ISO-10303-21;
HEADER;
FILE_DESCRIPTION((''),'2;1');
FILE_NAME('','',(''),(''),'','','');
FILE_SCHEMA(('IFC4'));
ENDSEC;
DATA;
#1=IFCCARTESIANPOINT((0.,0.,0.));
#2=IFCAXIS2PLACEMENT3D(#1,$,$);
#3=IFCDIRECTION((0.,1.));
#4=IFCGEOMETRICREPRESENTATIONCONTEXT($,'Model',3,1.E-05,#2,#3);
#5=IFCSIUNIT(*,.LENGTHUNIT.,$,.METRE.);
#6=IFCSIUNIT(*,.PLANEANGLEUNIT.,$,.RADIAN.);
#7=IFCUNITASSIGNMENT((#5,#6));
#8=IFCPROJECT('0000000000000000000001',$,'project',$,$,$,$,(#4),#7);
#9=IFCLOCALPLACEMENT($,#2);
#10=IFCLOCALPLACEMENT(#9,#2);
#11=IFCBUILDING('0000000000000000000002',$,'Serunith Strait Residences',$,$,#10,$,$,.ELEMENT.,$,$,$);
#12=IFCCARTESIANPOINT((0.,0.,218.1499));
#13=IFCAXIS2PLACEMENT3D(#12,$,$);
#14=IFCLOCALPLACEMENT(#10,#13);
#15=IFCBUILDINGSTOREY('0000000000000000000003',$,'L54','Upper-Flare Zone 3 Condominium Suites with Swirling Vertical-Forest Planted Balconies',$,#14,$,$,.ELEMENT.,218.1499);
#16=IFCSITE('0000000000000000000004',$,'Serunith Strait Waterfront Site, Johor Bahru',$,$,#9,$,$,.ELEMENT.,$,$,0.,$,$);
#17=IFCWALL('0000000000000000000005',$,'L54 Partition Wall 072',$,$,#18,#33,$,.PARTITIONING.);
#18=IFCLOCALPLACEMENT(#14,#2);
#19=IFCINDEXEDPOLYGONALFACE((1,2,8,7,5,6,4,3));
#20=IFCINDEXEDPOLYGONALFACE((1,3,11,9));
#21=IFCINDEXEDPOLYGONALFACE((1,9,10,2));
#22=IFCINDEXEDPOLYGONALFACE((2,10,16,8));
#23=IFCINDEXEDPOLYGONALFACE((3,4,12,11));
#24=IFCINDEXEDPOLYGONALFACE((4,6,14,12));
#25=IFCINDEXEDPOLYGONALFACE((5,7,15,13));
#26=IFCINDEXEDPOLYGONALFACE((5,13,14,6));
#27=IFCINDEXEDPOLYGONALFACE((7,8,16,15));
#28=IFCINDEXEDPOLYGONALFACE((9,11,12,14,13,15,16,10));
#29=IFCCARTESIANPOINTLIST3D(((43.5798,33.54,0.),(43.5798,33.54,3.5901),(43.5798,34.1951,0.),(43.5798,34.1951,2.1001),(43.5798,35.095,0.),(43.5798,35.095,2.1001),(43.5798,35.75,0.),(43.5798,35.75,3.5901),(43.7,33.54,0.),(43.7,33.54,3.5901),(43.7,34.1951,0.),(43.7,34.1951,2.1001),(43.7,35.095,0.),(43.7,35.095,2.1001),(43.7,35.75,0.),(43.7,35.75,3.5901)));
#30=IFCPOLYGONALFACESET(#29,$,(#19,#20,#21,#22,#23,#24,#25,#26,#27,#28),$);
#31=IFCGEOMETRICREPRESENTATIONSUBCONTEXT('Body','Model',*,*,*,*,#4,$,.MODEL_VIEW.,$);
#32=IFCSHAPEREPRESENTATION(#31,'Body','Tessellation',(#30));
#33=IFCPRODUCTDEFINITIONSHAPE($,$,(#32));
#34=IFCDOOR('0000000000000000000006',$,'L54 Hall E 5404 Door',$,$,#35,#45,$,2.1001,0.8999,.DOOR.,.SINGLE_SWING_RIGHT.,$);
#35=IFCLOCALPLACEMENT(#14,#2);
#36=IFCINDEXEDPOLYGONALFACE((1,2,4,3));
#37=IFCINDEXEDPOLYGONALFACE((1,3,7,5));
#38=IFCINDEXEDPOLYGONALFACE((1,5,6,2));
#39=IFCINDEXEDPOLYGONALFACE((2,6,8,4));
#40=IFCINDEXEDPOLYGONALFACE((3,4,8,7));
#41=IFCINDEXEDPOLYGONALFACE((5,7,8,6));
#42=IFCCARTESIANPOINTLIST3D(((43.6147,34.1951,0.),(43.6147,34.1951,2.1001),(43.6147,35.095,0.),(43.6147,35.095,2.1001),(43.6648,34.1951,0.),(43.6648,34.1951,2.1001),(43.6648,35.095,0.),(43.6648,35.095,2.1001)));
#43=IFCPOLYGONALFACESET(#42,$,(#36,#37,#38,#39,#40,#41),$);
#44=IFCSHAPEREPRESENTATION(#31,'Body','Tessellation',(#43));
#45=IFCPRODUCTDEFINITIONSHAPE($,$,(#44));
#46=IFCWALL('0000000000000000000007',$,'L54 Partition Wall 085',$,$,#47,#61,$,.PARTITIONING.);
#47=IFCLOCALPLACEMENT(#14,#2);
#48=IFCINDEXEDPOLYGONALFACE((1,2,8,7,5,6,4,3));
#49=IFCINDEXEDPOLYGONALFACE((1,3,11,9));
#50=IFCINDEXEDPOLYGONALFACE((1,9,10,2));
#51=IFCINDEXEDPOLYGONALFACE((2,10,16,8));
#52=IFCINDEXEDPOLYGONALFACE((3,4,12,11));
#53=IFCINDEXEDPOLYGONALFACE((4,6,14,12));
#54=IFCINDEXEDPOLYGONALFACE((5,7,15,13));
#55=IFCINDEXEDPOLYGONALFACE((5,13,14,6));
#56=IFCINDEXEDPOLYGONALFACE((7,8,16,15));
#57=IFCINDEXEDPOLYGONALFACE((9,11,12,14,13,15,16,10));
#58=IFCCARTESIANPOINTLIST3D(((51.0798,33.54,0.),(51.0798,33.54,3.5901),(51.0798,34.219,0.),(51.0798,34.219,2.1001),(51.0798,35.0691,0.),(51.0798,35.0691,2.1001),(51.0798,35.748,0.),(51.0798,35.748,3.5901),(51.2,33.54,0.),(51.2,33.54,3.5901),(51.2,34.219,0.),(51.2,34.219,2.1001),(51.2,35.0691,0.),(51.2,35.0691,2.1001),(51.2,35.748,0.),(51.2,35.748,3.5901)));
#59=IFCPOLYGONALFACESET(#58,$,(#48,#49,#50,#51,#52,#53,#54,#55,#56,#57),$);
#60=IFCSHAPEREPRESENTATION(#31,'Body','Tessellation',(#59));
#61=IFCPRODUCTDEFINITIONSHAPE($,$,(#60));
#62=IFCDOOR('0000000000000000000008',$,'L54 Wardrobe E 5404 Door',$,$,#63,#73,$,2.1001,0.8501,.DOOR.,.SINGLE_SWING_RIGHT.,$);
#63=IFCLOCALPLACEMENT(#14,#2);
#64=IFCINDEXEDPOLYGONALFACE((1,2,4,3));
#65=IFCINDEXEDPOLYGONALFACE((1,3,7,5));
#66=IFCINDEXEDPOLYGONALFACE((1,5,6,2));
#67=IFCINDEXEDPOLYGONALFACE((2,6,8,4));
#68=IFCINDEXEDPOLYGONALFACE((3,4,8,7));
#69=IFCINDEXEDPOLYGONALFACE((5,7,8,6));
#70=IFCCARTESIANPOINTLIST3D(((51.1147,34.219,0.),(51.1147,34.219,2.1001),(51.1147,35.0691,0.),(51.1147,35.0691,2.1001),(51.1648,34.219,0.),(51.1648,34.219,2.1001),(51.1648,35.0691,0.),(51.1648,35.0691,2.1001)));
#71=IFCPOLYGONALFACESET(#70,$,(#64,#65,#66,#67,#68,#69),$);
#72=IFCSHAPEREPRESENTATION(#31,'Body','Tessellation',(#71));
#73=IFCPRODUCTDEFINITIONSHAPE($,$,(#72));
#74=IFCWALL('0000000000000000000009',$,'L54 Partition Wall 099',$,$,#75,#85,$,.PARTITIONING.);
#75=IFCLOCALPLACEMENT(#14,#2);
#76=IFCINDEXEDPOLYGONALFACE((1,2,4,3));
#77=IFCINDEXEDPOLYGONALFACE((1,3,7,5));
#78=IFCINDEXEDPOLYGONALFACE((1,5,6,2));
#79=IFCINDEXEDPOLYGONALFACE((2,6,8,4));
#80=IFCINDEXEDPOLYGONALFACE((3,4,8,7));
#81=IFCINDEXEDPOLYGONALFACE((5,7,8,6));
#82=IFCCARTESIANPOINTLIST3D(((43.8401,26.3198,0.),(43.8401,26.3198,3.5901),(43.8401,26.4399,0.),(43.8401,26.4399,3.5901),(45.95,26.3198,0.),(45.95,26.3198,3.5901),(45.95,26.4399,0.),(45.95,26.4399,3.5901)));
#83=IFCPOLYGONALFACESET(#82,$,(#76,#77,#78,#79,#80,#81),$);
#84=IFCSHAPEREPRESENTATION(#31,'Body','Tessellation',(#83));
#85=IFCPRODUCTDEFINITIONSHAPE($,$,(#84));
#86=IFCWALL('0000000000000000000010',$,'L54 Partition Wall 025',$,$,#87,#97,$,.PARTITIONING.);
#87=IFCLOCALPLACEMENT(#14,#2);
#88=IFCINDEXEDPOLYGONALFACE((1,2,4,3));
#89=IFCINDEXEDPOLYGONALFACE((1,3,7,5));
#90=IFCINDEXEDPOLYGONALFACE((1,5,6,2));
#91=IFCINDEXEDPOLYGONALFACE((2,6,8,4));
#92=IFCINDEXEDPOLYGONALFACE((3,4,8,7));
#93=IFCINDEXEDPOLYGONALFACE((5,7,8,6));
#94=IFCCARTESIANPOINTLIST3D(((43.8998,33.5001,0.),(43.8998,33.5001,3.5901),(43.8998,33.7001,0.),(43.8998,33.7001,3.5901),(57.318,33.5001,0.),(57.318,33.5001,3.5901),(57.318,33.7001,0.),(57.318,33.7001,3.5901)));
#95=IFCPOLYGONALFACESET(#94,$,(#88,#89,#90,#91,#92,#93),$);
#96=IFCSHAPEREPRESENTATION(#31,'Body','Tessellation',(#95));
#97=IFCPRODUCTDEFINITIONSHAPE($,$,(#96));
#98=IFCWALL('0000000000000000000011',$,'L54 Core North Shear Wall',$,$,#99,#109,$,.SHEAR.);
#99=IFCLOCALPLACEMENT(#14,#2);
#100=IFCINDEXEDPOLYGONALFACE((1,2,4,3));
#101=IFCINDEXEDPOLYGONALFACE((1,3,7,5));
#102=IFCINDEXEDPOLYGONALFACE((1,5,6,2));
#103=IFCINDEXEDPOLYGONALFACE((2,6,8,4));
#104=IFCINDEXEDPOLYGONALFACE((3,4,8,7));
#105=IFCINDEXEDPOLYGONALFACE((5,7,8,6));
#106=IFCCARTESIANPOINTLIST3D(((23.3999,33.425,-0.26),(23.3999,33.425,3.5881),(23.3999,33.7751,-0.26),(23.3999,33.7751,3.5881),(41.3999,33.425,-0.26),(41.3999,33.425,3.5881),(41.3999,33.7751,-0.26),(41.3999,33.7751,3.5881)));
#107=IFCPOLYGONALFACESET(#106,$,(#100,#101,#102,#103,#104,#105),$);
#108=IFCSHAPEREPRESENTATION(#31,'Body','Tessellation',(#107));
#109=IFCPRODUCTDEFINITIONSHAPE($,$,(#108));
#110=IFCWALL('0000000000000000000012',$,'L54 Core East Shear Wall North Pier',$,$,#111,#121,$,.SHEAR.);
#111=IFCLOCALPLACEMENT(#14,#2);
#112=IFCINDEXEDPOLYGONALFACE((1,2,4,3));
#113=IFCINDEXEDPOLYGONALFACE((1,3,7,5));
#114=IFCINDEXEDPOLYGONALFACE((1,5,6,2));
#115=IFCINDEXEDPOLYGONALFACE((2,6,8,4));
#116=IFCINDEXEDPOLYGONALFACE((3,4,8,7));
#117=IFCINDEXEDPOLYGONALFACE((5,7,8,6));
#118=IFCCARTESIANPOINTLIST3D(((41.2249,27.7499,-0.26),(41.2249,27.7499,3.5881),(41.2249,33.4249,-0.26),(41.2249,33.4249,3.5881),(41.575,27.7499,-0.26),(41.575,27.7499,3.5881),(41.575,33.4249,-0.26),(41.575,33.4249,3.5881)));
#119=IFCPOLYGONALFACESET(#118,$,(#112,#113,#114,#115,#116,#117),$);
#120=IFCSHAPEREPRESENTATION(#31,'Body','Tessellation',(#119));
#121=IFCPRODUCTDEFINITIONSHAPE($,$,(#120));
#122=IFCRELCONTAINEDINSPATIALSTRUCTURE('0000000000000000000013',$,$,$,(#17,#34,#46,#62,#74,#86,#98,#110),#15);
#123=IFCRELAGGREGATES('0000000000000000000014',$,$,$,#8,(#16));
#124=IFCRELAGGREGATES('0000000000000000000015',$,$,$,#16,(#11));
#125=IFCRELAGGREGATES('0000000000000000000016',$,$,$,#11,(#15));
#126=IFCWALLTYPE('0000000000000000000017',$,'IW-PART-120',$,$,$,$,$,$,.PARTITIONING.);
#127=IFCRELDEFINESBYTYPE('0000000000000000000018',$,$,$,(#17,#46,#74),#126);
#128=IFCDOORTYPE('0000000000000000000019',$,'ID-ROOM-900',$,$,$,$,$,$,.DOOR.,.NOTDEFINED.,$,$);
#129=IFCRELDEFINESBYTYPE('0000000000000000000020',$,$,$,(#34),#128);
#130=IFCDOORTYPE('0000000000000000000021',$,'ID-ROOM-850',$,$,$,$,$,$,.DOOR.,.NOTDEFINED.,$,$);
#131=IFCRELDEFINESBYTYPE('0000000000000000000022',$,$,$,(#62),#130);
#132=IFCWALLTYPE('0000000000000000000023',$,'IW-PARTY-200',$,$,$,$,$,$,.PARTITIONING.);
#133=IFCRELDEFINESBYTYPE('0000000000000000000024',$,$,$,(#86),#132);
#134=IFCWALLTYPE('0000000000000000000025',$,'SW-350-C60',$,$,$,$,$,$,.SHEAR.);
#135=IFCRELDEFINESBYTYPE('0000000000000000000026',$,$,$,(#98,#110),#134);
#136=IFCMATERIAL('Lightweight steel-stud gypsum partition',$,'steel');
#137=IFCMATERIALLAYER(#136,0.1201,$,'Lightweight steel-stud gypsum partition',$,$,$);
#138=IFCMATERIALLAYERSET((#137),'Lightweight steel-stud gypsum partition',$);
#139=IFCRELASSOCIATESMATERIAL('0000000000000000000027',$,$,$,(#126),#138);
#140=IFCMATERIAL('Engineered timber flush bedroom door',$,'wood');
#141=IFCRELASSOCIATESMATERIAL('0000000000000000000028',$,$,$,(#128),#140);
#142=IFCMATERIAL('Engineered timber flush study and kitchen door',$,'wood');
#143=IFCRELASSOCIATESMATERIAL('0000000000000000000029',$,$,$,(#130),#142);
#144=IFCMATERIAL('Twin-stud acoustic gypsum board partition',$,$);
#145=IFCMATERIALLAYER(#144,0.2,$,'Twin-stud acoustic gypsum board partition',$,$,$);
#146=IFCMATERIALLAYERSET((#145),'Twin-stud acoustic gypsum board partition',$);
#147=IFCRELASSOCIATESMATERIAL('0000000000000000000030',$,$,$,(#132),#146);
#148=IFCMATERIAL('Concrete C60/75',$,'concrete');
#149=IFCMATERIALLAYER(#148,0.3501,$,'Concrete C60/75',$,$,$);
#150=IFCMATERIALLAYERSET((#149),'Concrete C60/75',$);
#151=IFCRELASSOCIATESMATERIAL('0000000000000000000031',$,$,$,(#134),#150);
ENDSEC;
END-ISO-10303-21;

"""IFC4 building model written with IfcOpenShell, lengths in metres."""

from ifc_helpers import new_model, si_unit, direction, frame, frame_2d, origin, place, context, subcontext, project, spatial, rectangle, extrude, source, transform, mapped, material, layer, layer_set, type_object, element, fill, save


model = new_model("IFC4")

# Units and contexts
model_context = context("Model", 3, precision=1e-05, world=origin(), true_north=direction((0.0, 1.0)))
body_context = subcontext(model_context, "Body", "Model", "MODEL_VIEW")
ifc_project = project(units=[si_unit("LENGTHUNIT", "METRE"), si_unit("PLANEANGLEUNIT", "RADIAN")], contexts=[model_context])

# Site, building, storey
site_placement = place(None, origin())
site = spatial("IfcSite", under=ifc_project, at=site_placement, Name="Serunith Strait Waterfront Site, Johor Bahru", CompositionType="ELEMENT", RefElevation=0.0)
building_placement = place(site_placement, origin())
building = spatial("IfcBuilding", under=site, at=building_placement, Name="Serunith Strait Residences", CompositionType="ELEMENT")
storey_placement = place(building_placement, frame((0.0, 0.0, 218.1499)))
storey = spatial("IfcBuildingStorey", under=building, at=storey_placement, Name="L54", Description="Upper-Flare Zone 3 Condominium Suites with Swirling Vertical-Forest Planted Balconies", CompositionType="ELEMENT", Elevation=218.1499)

# Walls, openings, doors
ifc_material_1 = material(Name="Lightweight steel-stud gypsum partition", Category="steel")
ifc_layer_1 = layer(ifc_material_1, 0.1201, Name="Lightweight steel-stud gypsum partition")
ifc_layer_set_1 = layer_set([ifc_layer_1], Name="Lightweight steel-stud gypsum partition")
wall_type_1 = type_object("IfcWallType", Name="IW-PART-120", PredefinedType="PARTITIONING", material=ifc_layer_set_1)
wall_1_placement = place(storey_placement, frame((43.6399, 35.75, 0.0), z_axis=(0.0, 0.0, 1.0), x_axis=(0.0, -1.0, 0.0)))
wall_1 = element("IfcWall", 1, at=wall_1_placement, inside=storey, type_object=wall_type_1, Name="L54 Partition Wall 072", PredefinedType="PARTITIONING", context=body_context, shape_type="SweptSolid", body=[
    extrude(rectangle(XDim=2.21, YDim=0.1201, at=frame_2d((1.105, 0.0))), origin(), (0.0, 0.0, 1.0), 3.5901),
])
opening_1_placement = place(wall_1_placement, frame((0.655, 0.0, 0.0)))
opening_1 = element("IfcOpeningElement", 2, at=opening_1_placement, cuts=wall_1, PredefinedType="OPENING", context=body_context, shape_type="SweptSolid", body=[
    extrude(rectangle(XDim=0.8999, YDim=2.1001, at=frame_2d((0.45, 1.05))), frame((0.0, 0.0701, 0.0), z_axis=(0.0, -1.0, 0.0), x_axis=(1.0, 0.0, 0.0)), (0.0, 0.0, 1.0), 0.1401),
])
ifc_material_2 = material(Name="Engineered timber flush bedroom door", Category="wood")
door_type_1 = type_object("IfcDoorType", Name="ID-ROOM-900", OperationType="NOTDEFINED", PredefinedType="DOOR", material=ifc_material_2)
shared_shape_1 = source(origin(), body_context, "Body", "SweptSolid", [
    extrude(rectangle(XDim=0.8999, YDim=2.1001, at=frame_2d((0.45, 1.05))), frame((0.0, 0.0249, 0.0), z_axis=(0.0, -1.0, 0.0), x_axis=(1.0, 0.0, 0.0)), (0.0, 0.0, 1.0), 0.05),
])
door_1_placement = place(opening_1_placement, origin())
door_1 = element("IfcDoor", 3, at=door_1_placement, inside=storey, type_object=door_type_1, Name="L54 Hall E 5404 Door", OperationType="SINGLE_SWING_RIGHT", OverallHeight=2.1001, OverallWidth=0.8999, PredefinedType="DOOR", context=body_context, shape_type="MappedRepresentation", body=[
    mapped(shared_shape_1, transform((0.0, 0.0, 0.0), scale=1.0)),
])
fill(opening_1, door_1)
wall_2_placement = place(storey_placement, frame((51.1399, 35.748, 0.0), z_axis=(0.0, 0.0, 1.0), x_axis=(0.0, -1.0, 0.0)))
wall_2 = element("IfcWall", 4, at=wall_2_placement, inside=storey, type_object=wall_type_1, Name="L54 Partition Wall 085", PredefinedType="PARTITIONING", context=body_context, shape_type="SweptSolid", body=[
    extrude(rectangle(XDim=2.208, YDim=0.1201, at=frame_2d((1.104, 0.0))), origin(), (0.0, 0.0, 1.0), 3.5901),
])
opening_2_placement = place(wall_2_placement, frame((0.679, 0.0, 0.0)))
opening_2 = element("IfcOpeningElement", 5, at=opening_2_placement, cuts=wall_2, PredefinedType="OPENING", context=body_context, shape_type="SweptSolid", body=[
    extrude(rectangle(XDim=0.8501, YDim=2.1001, at=frame_2d((0.425, 1.05))), frame((0.0, 0.0701, 0.0), z_axis=(0.0, -1.0, 0.0), x_axis=(1.0, 0.0, 0.0)), (0.0, 0.0, 1.0), 0.1401),
])
ifc_material_3 = material(Name="Engineered timber flush study and kitchen door", Category="wood")
door_type_2 = type_object("IfcDoorType", Name="ID-ROOM-850", OperationType="NOTDEFINED", PredefinedType="DOOR", material=ifc_material_3)
shared_shape_2 = source(origin(), body_context, "Body", "SweptSolid", [
    extrude(rectangle(XDim=0.8501, YDim=2.1001, at=frame_2d((0.425, 1.05))), frame((0.0, 0.0249, 0.0), z_axis=(0.0, -1.0, 0.0), x_axis=(1.0, 0.0, 0.0)), (0.0, 0.0, 1.0), 0.05),
])
door_2_placement = place(opening_2_placement, origin())
door_2 = element("IfcDoor", 6, at=door_2_placement, inside=storey, type_object=door_type_2, Name="L54 Wardrobe E 5404 Door", OperationType="SINGLE_SWING_RIGHT", OverallHeight=2.1001, OverallWidth=0.8501, PredefinedType="DOOR", context=body_context, shape_type="MappedRepresentation", body=[
    mapped(shared_shape_2, transform((0.0, 0.0, 0.0), scale=1.0)),
])
fill(opening_2, door_2)

# Walls
wall_3_placement = place(storey_placement, frame((45.95, 26.3799, 0.0), z_axis=(0.0, 0.0, 1.0), x_axis=(-1.0, 0.0, 0.0)))
element("IfcWall", 7, at=wall_3_placement, inside=storey, type_object=wall_type_1, Name="L54 Partition Wall 099", PredefinedType="PARTITIONING", context=body_context, shape_type="SweptSolid", body=[
    extrude(rectangle(XDim=2.1099, YDim=0.1201, at=frame_2d((1.0549, 0.0))), origin(), (0.0, 0.0, 1.0), 3.5901),
])
ifc_material_4 = material(Name="Twin-stud acoustic gypsum board partition")
ifc_layer_2 = layer(ifc_material_4, 0.2, Name="Twin-stud acoustic gypsum board partition")
ifc_layer_set_2 = layer_set([ifc_layer_2], Name="Twin-stud acoustic gypsum board partition")
wall_type_2 = type_object("IfcWallType", Name="IW-PARTY-200", PredefinedType="PARTITIONING", material=ifc_layer_set_2)
wall_4_placement = place(storey_placement, frame((43.8999, 33.6001, 0.0), z_axis=(0.0, 0.0, 1.0), x_axis=(1.0, 0.0, 0.0)))
element("IfcWall", 8, at=wall_4_placement, inside=storey, type_object=wall_type_2, Name="L54 Partition Wall 025", PredefinedType="PARTITIONING", context=body_context, shape_type="SweptSolid", body=[
    extrude(rectangle(XDim=13.4182, YDim=0.2, at=frame_2d((6.709, 0.0))), origin(), (0.0, 0.0, 1.0), 3.5901),
])

# Walls
ifc_material_5 = material(Name="Concrete C60/75", Category="concrete")
ifc_layer_3 = layer(ifc_material_5, 0.3501, Name="Concrete C60/75")
ifc_layer_set_3 = layer_set([ifc_layer_3], Name="Concrete C60/75")
wall_type_3 = type_object("IfcWallType", Name="SW-350-C60", PredefinedType="SHEAR", material=ifc_layer_set_3)
wall_5_placement = place(storey_placement, frame((41.3999, 33.6001, -0.26), z_axis=(0.0, 0.0, 1.0), x_axis=(-1.0, 0.0, 0.0)))
element("IfcWall", 9, at=wall_5_placement, inside=storey, type_object=wall_type_3, Name="L54 Core North Shear Wall", PredefinedType="SHEAR", context=body_context, shape_type="SweptSolid", body=[
    extrude(rectangle(XDim=18.0, YDim=0.3501, at=frame_2d((9.0, 0.0))), origin(), (0.0, 0.0, 1.0), 3.8481),
])
wall_6_placement = place(storey_placement, frame((41.3999, 27.75, -0.26), z_axis=(0.0, 0.0, 1.0), x_axis=(0.0, 1.0, 0.0)))
element("IfcWall", 10, at=wall_6_placement, inside=storey, type_object=wall_type_3, Name="L54 Core East Shear Wall North Pier", PredefinedType="SHEAR", context=body_context, shape_type="SweptSolid", body=[
    extrude(rectangle(XDim=5.675, YDim=0.3501, at=frame_2d((2.8374, 0.0))), origin(), (0.0, 0.0, 1.0), 3.8481),
])

save(model, "model.ifc")
